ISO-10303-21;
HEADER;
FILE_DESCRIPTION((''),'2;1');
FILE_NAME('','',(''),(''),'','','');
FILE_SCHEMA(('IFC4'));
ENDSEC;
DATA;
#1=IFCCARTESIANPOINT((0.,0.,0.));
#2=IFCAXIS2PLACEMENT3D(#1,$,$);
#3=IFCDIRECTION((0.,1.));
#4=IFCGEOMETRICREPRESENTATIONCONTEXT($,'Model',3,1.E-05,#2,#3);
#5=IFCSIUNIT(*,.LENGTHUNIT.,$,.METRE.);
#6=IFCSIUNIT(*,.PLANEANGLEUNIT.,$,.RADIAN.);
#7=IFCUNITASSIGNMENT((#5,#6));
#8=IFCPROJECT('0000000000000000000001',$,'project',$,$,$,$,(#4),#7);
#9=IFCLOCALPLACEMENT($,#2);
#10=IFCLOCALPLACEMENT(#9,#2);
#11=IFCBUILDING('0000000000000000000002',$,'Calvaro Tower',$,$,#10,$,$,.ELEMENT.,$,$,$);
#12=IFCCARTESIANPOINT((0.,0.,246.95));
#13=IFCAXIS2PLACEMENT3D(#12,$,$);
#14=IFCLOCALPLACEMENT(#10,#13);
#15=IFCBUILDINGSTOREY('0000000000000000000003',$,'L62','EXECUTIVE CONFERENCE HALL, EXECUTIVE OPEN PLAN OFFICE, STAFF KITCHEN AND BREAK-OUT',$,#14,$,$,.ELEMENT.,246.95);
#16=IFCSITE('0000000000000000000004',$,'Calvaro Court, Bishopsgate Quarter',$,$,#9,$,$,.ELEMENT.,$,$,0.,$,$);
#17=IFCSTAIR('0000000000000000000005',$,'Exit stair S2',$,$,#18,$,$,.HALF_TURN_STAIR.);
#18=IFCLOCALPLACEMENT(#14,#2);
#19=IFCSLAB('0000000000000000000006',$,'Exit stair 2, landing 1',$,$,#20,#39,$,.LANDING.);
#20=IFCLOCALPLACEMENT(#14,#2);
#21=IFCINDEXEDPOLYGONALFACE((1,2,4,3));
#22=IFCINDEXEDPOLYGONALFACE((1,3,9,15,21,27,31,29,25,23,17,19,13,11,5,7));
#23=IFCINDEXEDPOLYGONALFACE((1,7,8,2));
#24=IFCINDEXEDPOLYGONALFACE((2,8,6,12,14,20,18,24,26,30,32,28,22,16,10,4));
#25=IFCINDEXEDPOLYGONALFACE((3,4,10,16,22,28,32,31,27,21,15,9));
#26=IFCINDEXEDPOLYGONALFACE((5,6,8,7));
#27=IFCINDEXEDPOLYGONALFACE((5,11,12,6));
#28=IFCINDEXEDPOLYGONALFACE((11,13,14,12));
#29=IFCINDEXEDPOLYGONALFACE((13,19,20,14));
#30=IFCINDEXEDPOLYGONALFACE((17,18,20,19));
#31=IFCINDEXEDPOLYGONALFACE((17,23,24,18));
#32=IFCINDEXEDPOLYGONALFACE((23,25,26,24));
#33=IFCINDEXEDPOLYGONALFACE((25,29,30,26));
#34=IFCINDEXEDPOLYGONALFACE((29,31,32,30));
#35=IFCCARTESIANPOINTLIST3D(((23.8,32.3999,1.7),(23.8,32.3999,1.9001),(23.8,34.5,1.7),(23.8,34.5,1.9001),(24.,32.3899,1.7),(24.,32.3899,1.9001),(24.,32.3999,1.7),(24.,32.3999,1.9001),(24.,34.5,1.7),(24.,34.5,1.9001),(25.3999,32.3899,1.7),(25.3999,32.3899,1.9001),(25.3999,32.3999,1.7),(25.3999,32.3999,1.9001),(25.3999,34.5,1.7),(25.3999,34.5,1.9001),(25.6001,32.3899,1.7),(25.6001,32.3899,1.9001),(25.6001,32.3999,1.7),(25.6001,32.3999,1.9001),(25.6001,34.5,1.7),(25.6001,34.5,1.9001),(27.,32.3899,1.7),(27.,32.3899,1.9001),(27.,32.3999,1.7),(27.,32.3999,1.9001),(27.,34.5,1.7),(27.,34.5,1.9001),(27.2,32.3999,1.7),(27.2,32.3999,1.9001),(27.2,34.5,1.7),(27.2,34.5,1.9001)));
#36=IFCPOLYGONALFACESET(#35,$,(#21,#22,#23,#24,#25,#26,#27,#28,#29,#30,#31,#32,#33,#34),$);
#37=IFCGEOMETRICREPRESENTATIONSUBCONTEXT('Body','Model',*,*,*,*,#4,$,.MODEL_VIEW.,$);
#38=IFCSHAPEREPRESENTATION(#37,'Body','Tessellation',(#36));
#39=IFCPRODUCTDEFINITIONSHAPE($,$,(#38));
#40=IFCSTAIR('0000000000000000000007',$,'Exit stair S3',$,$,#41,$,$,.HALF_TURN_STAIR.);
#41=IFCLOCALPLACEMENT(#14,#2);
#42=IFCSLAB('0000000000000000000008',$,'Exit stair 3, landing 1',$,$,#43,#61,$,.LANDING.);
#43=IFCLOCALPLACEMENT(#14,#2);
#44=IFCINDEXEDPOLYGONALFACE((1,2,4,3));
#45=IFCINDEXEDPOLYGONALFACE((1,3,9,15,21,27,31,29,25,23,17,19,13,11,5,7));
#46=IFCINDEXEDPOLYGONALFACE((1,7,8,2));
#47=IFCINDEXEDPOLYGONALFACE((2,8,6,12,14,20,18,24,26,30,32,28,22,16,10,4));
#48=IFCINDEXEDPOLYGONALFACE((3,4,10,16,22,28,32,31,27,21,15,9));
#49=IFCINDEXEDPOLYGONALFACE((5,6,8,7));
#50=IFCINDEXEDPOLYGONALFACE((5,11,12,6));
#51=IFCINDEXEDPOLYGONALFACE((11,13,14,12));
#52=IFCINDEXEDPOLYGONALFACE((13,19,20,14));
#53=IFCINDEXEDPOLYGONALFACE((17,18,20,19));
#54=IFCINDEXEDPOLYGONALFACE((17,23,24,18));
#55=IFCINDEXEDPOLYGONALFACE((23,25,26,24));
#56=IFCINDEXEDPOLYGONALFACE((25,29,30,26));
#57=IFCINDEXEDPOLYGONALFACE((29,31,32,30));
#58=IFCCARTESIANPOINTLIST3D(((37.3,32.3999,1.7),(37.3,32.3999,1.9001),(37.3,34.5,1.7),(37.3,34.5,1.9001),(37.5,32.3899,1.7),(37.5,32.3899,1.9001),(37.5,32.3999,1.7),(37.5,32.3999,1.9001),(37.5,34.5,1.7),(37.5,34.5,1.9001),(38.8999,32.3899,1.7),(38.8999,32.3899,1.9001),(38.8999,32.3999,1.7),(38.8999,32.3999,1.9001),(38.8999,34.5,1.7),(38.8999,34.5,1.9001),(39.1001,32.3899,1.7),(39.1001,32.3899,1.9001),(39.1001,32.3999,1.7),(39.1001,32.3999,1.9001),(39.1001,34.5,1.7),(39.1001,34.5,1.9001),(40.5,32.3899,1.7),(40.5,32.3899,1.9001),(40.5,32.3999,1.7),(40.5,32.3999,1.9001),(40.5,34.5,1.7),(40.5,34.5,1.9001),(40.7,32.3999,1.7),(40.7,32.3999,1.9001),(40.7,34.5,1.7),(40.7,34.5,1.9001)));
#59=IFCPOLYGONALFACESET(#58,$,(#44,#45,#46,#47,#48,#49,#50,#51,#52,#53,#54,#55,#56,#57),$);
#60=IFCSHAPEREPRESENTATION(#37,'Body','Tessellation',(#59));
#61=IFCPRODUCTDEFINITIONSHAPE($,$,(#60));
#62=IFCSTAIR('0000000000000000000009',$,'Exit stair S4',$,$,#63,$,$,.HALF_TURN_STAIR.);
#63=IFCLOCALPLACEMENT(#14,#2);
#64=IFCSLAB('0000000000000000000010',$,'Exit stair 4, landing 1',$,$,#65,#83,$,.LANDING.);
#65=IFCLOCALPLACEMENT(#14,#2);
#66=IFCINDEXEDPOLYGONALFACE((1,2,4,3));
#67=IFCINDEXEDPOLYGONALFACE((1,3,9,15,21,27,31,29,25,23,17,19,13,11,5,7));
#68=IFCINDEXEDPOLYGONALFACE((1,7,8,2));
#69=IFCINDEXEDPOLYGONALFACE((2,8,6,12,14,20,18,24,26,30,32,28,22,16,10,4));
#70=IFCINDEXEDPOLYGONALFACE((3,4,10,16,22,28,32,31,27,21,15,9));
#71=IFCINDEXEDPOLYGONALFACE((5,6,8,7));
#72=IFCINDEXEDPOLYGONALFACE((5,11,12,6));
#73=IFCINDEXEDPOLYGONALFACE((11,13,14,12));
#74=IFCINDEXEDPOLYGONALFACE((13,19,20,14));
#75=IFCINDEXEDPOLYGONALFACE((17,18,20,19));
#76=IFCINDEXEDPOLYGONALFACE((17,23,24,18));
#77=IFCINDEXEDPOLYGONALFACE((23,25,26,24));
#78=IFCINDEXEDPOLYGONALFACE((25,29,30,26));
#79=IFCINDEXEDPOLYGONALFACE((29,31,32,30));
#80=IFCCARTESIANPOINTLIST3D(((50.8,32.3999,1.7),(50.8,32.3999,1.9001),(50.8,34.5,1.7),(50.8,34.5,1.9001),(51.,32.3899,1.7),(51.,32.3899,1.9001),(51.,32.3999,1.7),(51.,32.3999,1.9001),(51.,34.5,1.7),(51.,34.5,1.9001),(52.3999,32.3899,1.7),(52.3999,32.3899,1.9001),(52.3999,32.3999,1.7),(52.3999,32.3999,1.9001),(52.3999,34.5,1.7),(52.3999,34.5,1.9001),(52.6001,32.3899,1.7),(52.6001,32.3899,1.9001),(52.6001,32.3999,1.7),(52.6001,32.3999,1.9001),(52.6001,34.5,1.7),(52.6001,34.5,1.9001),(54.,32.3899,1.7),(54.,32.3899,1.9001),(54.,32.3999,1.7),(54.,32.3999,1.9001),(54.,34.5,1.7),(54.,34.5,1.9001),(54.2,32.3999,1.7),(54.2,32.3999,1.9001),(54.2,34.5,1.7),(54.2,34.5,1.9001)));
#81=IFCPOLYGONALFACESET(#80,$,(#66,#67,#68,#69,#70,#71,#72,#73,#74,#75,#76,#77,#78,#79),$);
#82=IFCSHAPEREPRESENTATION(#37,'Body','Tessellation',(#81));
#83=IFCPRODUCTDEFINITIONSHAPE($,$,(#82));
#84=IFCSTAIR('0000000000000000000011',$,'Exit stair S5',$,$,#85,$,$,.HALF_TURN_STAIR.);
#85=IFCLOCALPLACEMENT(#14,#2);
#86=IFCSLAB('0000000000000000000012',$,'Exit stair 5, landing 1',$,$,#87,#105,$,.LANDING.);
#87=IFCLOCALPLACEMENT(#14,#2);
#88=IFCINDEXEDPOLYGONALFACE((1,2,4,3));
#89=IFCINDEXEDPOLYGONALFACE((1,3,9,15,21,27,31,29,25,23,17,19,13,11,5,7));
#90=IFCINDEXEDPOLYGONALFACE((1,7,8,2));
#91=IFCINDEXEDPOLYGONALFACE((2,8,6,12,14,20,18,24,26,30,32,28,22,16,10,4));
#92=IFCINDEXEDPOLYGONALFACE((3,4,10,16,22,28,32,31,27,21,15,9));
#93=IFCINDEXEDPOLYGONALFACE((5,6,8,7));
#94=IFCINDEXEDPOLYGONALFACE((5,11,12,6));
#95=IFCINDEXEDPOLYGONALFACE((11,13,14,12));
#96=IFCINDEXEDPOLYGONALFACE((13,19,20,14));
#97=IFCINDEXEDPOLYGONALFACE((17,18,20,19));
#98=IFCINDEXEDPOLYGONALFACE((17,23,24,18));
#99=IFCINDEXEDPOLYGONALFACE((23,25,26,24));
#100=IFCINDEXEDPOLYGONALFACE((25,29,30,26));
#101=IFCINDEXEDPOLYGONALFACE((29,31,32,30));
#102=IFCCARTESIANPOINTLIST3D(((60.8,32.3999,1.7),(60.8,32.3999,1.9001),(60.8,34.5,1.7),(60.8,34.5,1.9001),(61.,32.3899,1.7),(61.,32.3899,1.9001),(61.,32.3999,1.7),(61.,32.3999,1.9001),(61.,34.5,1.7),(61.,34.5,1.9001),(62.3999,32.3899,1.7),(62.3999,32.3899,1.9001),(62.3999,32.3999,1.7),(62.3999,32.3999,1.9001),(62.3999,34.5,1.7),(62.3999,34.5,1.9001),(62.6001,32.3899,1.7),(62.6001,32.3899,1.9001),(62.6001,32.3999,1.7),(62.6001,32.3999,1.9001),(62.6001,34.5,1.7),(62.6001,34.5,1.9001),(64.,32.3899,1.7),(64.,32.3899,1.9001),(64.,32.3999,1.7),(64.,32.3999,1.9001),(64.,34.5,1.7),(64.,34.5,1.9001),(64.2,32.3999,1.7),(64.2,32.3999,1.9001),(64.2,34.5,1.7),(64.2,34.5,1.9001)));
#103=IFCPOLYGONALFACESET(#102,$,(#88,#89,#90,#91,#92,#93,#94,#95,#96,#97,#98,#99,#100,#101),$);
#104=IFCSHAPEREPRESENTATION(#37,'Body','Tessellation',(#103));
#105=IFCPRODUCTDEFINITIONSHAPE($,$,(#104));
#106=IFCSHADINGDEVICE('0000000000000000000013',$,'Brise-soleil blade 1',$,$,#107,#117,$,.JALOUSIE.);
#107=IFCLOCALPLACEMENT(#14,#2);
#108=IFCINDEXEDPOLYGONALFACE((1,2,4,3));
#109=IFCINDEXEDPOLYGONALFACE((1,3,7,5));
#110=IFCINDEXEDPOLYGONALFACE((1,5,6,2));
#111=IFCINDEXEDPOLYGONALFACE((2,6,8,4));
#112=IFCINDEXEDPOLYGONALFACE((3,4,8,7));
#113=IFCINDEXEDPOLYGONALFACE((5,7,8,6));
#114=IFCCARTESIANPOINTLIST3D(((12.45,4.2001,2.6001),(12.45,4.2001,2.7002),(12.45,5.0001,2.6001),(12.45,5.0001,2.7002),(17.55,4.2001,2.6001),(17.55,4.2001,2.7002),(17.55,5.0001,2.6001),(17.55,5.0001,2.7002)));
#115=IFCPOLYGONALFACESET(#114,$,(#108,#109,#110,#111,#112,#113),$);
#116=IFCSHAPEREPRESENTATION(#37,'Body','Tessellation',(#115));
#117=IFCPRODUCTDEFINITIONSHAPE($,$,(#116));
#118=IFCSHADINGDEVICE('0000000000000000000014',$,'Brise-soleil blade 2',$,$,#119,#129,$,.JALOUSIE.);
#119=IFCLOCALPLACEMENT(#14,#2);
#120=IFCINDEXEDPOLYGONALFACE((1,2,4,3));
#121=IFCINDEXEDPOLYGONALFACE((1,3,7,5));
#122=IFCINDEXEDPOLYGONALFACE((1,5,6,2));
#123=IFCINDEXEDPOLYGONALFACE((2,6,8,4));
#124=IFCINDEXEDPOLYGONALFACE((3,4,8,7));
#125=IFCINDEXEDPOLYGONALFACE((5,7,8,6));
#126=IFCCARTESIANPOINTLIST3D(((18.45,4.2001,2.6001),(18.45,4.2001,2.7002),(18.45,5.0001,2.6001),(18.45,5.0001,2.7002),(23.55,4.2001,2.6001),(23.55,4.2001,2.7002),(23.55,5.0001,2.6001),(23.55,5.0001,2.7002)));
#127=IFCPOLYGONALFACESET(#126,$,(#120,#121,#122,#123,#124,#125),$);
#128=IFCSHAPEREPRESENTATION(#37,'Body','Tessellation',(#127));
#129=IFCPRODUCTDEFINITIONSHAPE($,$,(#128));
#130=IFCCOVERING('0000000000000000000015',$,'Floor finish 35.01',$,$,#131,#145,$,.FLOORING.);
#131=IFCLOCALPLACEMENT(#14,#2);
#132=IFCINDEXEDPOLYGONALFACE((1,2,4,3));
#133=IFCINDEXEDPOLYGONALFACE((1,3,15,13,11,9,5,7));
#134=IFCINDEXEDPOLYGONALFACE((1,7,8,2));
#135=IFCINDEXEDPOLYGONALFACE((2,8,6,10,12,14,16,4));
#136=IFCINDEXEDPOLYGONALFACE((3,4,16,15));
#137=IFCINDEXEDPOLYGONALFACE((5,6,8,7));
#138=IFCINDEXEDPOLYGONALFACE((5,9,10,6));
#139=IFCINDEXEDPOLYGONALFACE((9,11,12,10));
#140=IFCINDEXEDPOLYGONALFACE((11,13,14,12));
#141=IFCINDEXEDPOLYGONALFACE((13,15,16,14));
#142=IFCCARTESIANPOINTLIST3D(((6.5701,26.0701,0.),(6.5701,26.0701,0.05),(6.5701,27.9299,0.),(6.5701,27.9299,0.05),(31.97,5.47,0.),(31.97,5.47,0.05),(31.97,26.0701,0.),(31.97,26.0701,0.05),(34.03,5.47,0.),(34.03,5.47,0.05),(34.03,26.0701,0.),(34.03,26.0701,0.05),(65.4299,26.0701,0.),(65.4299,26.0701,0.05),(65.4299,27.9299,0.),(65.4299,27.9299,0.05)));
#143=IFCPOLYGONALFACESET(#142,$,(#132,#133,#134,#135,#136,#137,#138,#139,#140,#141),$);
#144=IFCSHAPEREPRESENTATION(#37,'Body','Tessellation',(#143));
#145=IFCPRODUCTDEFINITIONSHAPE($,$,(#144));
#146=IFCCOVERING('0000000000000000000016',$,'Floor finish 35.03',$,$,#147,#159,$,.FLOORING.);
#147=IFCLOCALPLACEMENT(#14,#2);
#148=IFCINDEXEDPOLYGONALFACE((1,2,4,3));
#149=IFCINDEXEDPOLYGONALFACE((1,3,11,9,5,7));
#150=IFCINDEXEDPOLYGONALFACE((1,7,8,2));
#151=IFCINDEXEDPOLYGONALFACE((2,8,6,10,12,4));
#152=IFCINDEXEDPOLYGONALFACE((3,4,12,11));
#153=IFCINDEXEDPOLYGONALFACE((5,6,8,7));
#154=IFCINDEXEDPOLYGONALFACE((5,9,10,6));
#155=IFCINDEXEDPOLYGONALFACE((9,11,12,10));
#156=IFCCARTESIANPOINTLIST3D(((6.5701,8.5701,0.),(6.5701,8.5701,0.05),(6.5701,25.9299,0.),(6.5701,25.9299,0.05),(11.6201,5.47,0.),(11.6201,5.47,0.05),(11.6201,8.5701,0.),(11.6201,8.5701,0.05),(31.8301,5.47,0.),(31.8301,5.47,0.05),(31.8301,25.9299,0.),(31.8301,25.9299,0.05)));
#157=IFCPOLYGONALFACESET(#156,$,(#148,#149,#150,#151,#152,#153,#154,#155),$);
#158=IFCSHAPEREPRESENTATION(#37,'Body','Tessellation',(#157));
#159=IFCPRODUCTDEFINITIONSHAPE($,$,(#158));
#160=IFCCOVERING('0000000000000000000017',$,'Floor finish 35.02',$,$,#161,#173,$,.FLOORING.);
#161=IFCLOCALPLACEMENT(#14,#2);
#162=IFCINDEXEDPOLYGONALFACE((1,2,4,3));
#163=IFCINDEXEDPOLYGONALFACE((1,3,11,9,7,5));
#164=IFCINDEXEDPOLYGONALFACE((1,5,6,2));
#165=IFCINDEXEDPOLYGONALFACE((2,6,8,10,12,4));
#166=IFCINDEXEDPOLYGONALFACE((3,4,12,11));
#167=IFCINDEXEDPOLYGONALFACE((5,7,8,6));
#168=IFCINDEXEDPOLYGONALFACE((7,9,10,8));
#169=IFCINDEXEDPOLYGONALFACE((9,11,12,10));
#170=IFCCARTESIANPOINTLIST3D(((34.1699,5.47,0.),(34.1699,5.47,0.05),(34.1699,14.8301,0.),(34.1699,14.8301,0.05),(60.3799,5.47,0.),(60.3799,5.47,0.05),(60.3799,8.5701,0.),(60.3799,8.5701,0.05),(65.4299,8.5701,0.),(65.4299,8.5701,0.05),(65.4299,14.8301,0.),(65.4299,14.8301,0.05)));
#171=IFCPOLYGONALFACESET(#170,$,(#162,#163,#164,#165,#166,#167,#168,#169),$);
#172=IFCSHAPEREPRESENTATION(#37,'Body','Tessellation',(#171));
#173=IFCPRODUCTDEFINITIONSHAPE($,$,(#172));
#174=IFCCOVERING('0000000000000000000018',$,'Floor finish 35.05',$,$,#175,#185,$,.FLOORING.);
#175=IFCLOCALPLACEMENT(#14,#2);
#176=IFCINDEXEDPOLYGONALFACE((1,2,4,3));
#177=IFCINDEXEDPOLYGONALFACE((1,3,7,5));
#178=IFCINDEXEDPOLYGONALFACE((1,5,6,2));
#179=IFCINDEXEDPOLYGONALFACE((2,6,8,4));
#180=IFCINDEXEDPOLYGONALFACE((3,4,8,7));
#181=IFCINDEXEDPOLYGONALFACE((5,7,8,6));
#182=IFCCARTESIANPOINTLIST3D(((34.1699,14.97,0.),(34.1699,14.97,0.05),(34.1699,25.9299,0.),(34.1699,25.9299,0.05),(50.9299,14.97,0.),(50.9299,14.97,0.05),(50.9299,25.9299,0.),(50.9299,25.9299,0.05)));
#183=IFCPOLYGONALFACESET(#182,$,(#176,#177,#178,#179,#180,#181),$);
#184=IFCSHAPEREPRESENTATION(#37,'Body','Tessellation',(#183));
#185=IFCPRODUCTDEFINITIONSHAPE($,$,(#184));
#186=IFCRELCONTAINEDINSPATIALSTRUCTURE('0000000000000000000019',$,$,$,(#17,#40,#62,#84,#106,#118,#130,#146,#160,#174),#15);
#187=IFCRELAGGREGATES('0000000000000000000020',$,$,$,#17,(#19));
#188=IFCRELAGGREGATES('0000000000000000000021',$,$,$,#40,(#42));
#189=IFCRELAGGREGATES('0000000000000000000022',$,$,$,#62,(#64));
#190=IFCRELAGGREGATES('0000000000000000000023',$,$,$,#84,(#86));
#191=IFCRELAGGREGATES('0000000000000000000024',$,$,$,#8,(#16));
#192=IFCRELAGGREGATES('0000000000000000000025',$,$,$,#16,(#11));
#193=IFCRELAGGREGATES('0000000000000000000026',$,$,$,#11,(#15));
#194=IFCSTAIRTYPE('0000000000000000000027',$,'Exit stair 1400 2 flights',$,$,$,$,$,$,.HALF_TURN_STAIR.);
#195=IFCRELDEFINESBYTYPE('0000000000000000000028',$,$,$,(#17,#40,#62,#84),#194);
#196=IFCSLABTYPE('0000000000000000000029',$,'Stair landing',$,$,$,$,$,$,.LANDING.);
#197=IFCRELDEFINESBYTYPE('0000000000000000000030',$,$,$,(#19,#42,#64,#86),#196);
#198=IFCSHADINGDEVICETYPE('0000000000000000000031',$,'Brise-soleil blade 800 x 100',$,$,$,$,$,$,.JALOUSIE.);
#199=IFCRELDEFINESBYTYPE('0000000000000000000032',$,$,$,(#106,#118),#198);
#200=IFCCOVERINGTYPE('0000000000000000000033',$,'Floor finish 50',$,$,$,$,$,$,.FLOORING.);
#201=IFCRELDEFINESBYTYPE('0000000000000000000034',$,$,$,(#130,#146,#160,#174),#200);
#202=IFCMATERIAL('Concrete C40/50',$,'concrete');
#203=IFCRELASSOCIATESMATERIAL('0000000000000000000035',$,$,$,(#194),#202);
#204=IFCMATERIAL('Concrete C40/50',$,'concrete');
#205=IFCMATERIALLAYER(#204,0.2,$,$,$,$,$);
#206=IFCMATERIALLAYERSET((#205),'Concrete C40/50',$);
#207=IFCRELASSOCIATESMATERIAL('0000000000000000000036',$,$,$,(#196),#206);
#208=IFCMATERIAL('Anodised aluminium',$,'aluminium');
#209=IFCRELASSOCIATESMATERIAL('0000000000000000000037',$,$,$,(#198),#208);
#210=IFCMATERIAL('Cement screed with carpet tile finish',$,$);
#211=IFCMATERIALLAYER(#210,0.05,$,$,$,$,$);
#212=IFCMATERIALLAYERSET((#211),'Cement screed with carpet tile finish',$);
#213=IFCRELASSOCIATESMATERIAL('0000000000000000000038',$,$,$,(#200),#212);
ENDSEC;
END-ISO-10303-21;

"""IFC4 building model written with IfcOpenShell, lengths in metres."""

from ifc_helpers import new_model, si_unit, direction, frame, origin, origin_2d, place, context, subcontext, project, spatial, polyline, rectangle, outline, extrude, material, layer, layer_set, material_profile, profile_set, type_object, element, aggregate, save


model = new_model("IFC4")

# Units and contexts
model_context = context("Model", 3, precision=1e-05, world=origin(), true_north=direction((0.0, 1.0)))
body_context = subcontext(model_context, "Body", "Model", "MODEL_VIEW")
ifc_project = project(units=[si_unit("LENGTHUNIT", "METRE"), si_unit("PLANEANGLEUNIT", "RADIAN")], contexts=[model_context])

# Site, building, storey
site_placement = place(None, origin())
site = spatial("IfcSite", under=ifc_project, at=site_placement, Name="Calvaro Court, Bishopsgate Quarter", CompositionType="ELEMENT", RefElevation=0.0)
building_placement = place(site_placement, origin())
building = spatial("IfcBuilding", under=site, at=building_placement, Name="Calvaro Tower", CompositionType="ELEMENT")
storey_placement = place(building_placement, frame((0.0, 0.0, 246.95)))
storey = spatial("IfcBuildingStorey", under=building, at=storey_placement, Name="L62", Description="EXECUTIVE CONFERENCE HALL, EXECUTIVE OPEN PLAN OFFICE, STAFF KITCHEN AND BREAK-OUT", CompositionType="ELEMENT", Elevation=246.95)

# Stairs, slabs
ifc_material_1 = material(Name="Concrete C40/50", Category="concrete")
stair_type = type_object("IfcStairType", Name="Exit stair 1400 2 flights", PredefinedType="HALF_TURN_STAIR", material=ifc_material_1)
ifc_material_2 = material(Name="Concrete C40/50", Category="concrete")
ifc_layer_1 = layer(ifc_material_2, 0.2)
ifc_layer_set_1 = layer_set([ifc_layer_1], Name="Concrete C40/50")
slab_type_1 = type_object("IfcSlabType", Name="Stair landing", PredefinedType="LANDING", material=ifc_layer_set_1)
stair_1_placement = place(storey_placement, origin())
stair_1 = element("IfcStair", 1, at=stair_1_placement, inside=storey, type_object=stair_type, Name="Exit stair S2", PredefinedType="HALF_TURN_STAIR")
slab_1_placement = place(storey_placement, frame((0.0, 0.0, 1.7)))
slab_1 = element("IfcSlab", 2, at=slab_1_placement, type_object=slab_type_1, Name="Exit stair 2, landing 1", PredefinedType="LANDING", context=body_context, shape_type="SweptSolid", body=[
    extrude(outline(polyline([(25.3999, 32.3899), (24.0, 32.3899), (24.0, 32.3999), (23.8, 32.3999), (23.8, 34.5), (24.0, 34.5), (25.3999, 34.5), (25.6001, 34.5), (27.0, 34.5), (27.2, 34.5), (27.2, 32.3999), (27.0, 32.3999), (27.0, 32.3899), (25.6001, 32.3899), (25.6001, 32.3999), (25.3999, 32.3999), (25.3999, 32.3899)])), origin(), (0.0, 0.0, 1.0), 0.2002),
])
aggregate(stair_1, [slab_1])
stair_2_placement = place(storey_placement, origin())
stair_2 = element("IfcStair", 3, at=stair_2_placement, inside=storey, type_object=stair_type, Name="Exit stair S3", PredefinedType="HALF_TURN_STAIR")
slab_2_placement = place(storey_placement, frame((0.0, 0.0, 1.7)))
slab_2 = element("IfcSlab", 4, at=slab_2_placement, type_object=slab_type_1, Name="Exit stair 3, landing 1", PredefinedType="LANDING", context=body_context, shape_type="SweptSolid", body=[
    extrude(outline(polyline([(38.8999, 32.3899), (37.5, 32.3899), (37.5, 32.3999), (37.3, 32.3999), (37.3, 34.5), (37.5, 34.5), (38.8999, 34.5), (39.1001, 34.5), (40.5, 34.5), (40.7, 34.5), (40.7, 32.3999), (40.5, 32.3999), (40.5, 32.3899), (39.1001, 32.3899), (39.1001, 32.3999), (38.8999, 32.3999), (38.8999, 32.3899)])), origin(), (0.0, 0.0, 1.0), 0.2002),
])
aggregate(stair_2, [slab_2])
stair_3_placement = place(storey_placement, origin())
stair_3 = element("IfcStair", 5, at=stair_3_placement, inside=storey, type_object=stair_type, Name="Exit stair S4", PredefinedType="HALF_TURN_STAIR")
slab_3_placement = place(storey_placement, frame((0.0, 0.0, 1.7)))
slab_3 = element("IfcSlab", 6, at=slab_3_placement, type_object=slab_type_1, Name="Exit stair 4, landing 1", PredefinedType="LANDING", context=body_context, shape_type="SweptSolid", body=[
    extrude(outline(polyline([(52.3999, 32.3899), (51.0, 32.3899), (51.0, 32.3999), (50.8, 32.3999), (50.8, 34.5), (51.0, 34.5), (52.3999, 34.5), (52.6001, 34.5), (54.0, 34.5), (54.2, 34.5), (54.2, 32.3999), (54.0, 32.3999), (54.0, 32.3899), (52.6001, 32.3899), (52.6001, 32.3999), (52.3999, 32.3999), (52.3999, 32.3899)])), origin(), (0.0, 0.0, 1.0), 0.2002),
])
aggregate(stair_3, [slab_3])
stair_4_placement = place(storey_placement, origin())
stair_4 = element("IfcStair", 7, at=stair_4_placement, inside=storey, type_object=stair_type, Name="Exit stair S5", PredefinedType="HALF_TURN_STAIR")
slab_4_placement = place(storey_placement, frame((0.0, 0.0, 1.7)))
slab_4 = element("IfcSlab", 8, at=slab_4_placement, type_object=slab_type_1, Name="Exit stair 5, landing 1", PredefinedType="LANDING", context=body_context, shape_type="SweptSolid", body=[
    extrude(outline(polyline([(62.3999, 32.3899), (61.0, 32.3899), (61.0, 32.3999), (60.8, 32.3999), (60.8, 34.5), (61.0, 34.5), (62.3999, 34.5), (62.6001, 34.5), (64.0, 34.5), (64.2, 34.5), (64.2, 32.3999), (64.0, 32.3999), (64.0, 32.3899), (62.6001, 32.3899), (62.6001, 32.3999), (62.3999, 32.3999), (62.3999, 32.3899)])), origin(), (0.0, 0.0, 1.0), 0.2002),
])
aggregate(stair_4, [slab_4])

# Shading devices
ifc_material_3 = material(Name="Anodised aluminium", Category="aluminium")
ifc_material_profile_1 = material_profile(ifc_material_3, rectangle(XDim=0.8, YDim=0.1001, at=origin_2d()), Name="Brise-soleil blade 800 x 100")
ifc_profile_set_1 = profile_set([ifc_material_profile_1], Name="Anodised aluminium")
shading_device_type_1 = type_object("IfcShadingDeviceType", Name="Brise-soleil blade 800 x 100", PredefinedType="JALOUSIE", material=ifc_profile_set_1)
for number, where, z_axis, x_axis, name in (
    (9, (12.45, 4.6001, 2.6501), (1.0, 0.0, 0.0), (0.0, 1.0, 0.0), "Brise-soleil blade 1"),
    (10, (18.45, 4.6001, 2.6501), (1.0, 0.0, 0.0), (0.0, 1.0, 0.0), "Brise-soleil blade 2"),
):
    element("IfcShadingDevice", number, at=place(storey_placement, frame(where, z_axis=z_axis, x_axis=x_axis)), inside=storey, type_object=shading_device_type_1, Name=name, PredefinedType="JALOUSIE", context=body_context, shape_type="SweptSolid", body=[
        extrude(rectangle(XDim=0.8, YDim=0.1001, at=origin_2d()), origin(), (0.0, 0.0, 1.0), 5.1001),
    ])

# Coverings
ifc_material_4 = material(Name="Cement screed with carpet tile finish")
ifc_layer_2 = layer(ifc_material_4, 0.05)
ifc_layer_set_2 = layer_set([ifc_layer_2], Name="Cement screed with carpet tile finish")
covering_type = type_object("IfcCoveringType", Name="Floor finish 50", PredefinedType="FLOORING", material=ifc_layer_set_2)
covering_1_placement = place(storey_placement, origin())
element("IfcCovering", 11, at=covering_1_placement, inside=storey, type_object=covering_type, Name="Floor finish 35.01", PredefinedType="FLOORING", context=body_context, shape_type="SweptSolid", body=[
    extrude(outline(polyline([(31.97, 5.47), (31.97, 26.0701), (6.5701, 26.0701), (6.5701, 27.9299), (65.4299, 27.9299), (65.4299, 26.0701), (34.03, 26.0701), (34.03, 5.47), (31.97, 5.47)])), origin(), (0.0, 0.0, 1.0), 0.05),
])
covering_2_placement = place(storey_placement, origin())
element("IfcCovering", 12, at=covering_2_placement, inside=storey, type_object=covering_type, Name="Floor finish 35.03", PredefinedType="FLOORING", context=body_context, shape_type="SweptSolid", body=[
    extrude(outline(polyline([(31.8301, 25.9299), (31.8301, 5.47), (11.6201, 5.47), (11.6201, 8.5701), (6.5701, 8.5701), (6.5701, 25.9299), (31.8301, 25.9299)])), origin(), (0.0, 0.0, 1.0), 0.05),
])
covering_3_placement = place(storey_placement, origin())
element("IfcCovering", 13, at=covering_3_placement, inside=storey, type_object=covering_type, Name="Floor finish 35.02", PredefinedType="FLOORING", context=body_context, shape_type="SweptSolid", body=[
    extrude(outline(polyline([(65.4299, 8.5701), (60.3799, 8.5701), (60.3799, 5.47), (34.1699, 5.47), (34.1699, 14.8301), (65.4299, 14.8301), (65.4299, 8.5701)])), origin(), (0.0, 0.0, 1.0), 0.05),
])
covering_4_placement = place(storey_placement, origin())
element("IfcCovering", 14, at=covering_4_placement, inside=storey, type_object=covering_type, Name="Floor finish 35.05", PredefinedType="FLOORING", context=body_context, shape_type="SweptSolid", body=[
    extrude(outline(polyline([(34.1699, 14.97), (34.1699, 25.9299), (50.9299, 25.9299), (50.9299, 14.97), (34.1699, 14.97)])), origin(), (0.0, 0.0, 1.0), 0.05),
])

save(model, "model.ifc")
